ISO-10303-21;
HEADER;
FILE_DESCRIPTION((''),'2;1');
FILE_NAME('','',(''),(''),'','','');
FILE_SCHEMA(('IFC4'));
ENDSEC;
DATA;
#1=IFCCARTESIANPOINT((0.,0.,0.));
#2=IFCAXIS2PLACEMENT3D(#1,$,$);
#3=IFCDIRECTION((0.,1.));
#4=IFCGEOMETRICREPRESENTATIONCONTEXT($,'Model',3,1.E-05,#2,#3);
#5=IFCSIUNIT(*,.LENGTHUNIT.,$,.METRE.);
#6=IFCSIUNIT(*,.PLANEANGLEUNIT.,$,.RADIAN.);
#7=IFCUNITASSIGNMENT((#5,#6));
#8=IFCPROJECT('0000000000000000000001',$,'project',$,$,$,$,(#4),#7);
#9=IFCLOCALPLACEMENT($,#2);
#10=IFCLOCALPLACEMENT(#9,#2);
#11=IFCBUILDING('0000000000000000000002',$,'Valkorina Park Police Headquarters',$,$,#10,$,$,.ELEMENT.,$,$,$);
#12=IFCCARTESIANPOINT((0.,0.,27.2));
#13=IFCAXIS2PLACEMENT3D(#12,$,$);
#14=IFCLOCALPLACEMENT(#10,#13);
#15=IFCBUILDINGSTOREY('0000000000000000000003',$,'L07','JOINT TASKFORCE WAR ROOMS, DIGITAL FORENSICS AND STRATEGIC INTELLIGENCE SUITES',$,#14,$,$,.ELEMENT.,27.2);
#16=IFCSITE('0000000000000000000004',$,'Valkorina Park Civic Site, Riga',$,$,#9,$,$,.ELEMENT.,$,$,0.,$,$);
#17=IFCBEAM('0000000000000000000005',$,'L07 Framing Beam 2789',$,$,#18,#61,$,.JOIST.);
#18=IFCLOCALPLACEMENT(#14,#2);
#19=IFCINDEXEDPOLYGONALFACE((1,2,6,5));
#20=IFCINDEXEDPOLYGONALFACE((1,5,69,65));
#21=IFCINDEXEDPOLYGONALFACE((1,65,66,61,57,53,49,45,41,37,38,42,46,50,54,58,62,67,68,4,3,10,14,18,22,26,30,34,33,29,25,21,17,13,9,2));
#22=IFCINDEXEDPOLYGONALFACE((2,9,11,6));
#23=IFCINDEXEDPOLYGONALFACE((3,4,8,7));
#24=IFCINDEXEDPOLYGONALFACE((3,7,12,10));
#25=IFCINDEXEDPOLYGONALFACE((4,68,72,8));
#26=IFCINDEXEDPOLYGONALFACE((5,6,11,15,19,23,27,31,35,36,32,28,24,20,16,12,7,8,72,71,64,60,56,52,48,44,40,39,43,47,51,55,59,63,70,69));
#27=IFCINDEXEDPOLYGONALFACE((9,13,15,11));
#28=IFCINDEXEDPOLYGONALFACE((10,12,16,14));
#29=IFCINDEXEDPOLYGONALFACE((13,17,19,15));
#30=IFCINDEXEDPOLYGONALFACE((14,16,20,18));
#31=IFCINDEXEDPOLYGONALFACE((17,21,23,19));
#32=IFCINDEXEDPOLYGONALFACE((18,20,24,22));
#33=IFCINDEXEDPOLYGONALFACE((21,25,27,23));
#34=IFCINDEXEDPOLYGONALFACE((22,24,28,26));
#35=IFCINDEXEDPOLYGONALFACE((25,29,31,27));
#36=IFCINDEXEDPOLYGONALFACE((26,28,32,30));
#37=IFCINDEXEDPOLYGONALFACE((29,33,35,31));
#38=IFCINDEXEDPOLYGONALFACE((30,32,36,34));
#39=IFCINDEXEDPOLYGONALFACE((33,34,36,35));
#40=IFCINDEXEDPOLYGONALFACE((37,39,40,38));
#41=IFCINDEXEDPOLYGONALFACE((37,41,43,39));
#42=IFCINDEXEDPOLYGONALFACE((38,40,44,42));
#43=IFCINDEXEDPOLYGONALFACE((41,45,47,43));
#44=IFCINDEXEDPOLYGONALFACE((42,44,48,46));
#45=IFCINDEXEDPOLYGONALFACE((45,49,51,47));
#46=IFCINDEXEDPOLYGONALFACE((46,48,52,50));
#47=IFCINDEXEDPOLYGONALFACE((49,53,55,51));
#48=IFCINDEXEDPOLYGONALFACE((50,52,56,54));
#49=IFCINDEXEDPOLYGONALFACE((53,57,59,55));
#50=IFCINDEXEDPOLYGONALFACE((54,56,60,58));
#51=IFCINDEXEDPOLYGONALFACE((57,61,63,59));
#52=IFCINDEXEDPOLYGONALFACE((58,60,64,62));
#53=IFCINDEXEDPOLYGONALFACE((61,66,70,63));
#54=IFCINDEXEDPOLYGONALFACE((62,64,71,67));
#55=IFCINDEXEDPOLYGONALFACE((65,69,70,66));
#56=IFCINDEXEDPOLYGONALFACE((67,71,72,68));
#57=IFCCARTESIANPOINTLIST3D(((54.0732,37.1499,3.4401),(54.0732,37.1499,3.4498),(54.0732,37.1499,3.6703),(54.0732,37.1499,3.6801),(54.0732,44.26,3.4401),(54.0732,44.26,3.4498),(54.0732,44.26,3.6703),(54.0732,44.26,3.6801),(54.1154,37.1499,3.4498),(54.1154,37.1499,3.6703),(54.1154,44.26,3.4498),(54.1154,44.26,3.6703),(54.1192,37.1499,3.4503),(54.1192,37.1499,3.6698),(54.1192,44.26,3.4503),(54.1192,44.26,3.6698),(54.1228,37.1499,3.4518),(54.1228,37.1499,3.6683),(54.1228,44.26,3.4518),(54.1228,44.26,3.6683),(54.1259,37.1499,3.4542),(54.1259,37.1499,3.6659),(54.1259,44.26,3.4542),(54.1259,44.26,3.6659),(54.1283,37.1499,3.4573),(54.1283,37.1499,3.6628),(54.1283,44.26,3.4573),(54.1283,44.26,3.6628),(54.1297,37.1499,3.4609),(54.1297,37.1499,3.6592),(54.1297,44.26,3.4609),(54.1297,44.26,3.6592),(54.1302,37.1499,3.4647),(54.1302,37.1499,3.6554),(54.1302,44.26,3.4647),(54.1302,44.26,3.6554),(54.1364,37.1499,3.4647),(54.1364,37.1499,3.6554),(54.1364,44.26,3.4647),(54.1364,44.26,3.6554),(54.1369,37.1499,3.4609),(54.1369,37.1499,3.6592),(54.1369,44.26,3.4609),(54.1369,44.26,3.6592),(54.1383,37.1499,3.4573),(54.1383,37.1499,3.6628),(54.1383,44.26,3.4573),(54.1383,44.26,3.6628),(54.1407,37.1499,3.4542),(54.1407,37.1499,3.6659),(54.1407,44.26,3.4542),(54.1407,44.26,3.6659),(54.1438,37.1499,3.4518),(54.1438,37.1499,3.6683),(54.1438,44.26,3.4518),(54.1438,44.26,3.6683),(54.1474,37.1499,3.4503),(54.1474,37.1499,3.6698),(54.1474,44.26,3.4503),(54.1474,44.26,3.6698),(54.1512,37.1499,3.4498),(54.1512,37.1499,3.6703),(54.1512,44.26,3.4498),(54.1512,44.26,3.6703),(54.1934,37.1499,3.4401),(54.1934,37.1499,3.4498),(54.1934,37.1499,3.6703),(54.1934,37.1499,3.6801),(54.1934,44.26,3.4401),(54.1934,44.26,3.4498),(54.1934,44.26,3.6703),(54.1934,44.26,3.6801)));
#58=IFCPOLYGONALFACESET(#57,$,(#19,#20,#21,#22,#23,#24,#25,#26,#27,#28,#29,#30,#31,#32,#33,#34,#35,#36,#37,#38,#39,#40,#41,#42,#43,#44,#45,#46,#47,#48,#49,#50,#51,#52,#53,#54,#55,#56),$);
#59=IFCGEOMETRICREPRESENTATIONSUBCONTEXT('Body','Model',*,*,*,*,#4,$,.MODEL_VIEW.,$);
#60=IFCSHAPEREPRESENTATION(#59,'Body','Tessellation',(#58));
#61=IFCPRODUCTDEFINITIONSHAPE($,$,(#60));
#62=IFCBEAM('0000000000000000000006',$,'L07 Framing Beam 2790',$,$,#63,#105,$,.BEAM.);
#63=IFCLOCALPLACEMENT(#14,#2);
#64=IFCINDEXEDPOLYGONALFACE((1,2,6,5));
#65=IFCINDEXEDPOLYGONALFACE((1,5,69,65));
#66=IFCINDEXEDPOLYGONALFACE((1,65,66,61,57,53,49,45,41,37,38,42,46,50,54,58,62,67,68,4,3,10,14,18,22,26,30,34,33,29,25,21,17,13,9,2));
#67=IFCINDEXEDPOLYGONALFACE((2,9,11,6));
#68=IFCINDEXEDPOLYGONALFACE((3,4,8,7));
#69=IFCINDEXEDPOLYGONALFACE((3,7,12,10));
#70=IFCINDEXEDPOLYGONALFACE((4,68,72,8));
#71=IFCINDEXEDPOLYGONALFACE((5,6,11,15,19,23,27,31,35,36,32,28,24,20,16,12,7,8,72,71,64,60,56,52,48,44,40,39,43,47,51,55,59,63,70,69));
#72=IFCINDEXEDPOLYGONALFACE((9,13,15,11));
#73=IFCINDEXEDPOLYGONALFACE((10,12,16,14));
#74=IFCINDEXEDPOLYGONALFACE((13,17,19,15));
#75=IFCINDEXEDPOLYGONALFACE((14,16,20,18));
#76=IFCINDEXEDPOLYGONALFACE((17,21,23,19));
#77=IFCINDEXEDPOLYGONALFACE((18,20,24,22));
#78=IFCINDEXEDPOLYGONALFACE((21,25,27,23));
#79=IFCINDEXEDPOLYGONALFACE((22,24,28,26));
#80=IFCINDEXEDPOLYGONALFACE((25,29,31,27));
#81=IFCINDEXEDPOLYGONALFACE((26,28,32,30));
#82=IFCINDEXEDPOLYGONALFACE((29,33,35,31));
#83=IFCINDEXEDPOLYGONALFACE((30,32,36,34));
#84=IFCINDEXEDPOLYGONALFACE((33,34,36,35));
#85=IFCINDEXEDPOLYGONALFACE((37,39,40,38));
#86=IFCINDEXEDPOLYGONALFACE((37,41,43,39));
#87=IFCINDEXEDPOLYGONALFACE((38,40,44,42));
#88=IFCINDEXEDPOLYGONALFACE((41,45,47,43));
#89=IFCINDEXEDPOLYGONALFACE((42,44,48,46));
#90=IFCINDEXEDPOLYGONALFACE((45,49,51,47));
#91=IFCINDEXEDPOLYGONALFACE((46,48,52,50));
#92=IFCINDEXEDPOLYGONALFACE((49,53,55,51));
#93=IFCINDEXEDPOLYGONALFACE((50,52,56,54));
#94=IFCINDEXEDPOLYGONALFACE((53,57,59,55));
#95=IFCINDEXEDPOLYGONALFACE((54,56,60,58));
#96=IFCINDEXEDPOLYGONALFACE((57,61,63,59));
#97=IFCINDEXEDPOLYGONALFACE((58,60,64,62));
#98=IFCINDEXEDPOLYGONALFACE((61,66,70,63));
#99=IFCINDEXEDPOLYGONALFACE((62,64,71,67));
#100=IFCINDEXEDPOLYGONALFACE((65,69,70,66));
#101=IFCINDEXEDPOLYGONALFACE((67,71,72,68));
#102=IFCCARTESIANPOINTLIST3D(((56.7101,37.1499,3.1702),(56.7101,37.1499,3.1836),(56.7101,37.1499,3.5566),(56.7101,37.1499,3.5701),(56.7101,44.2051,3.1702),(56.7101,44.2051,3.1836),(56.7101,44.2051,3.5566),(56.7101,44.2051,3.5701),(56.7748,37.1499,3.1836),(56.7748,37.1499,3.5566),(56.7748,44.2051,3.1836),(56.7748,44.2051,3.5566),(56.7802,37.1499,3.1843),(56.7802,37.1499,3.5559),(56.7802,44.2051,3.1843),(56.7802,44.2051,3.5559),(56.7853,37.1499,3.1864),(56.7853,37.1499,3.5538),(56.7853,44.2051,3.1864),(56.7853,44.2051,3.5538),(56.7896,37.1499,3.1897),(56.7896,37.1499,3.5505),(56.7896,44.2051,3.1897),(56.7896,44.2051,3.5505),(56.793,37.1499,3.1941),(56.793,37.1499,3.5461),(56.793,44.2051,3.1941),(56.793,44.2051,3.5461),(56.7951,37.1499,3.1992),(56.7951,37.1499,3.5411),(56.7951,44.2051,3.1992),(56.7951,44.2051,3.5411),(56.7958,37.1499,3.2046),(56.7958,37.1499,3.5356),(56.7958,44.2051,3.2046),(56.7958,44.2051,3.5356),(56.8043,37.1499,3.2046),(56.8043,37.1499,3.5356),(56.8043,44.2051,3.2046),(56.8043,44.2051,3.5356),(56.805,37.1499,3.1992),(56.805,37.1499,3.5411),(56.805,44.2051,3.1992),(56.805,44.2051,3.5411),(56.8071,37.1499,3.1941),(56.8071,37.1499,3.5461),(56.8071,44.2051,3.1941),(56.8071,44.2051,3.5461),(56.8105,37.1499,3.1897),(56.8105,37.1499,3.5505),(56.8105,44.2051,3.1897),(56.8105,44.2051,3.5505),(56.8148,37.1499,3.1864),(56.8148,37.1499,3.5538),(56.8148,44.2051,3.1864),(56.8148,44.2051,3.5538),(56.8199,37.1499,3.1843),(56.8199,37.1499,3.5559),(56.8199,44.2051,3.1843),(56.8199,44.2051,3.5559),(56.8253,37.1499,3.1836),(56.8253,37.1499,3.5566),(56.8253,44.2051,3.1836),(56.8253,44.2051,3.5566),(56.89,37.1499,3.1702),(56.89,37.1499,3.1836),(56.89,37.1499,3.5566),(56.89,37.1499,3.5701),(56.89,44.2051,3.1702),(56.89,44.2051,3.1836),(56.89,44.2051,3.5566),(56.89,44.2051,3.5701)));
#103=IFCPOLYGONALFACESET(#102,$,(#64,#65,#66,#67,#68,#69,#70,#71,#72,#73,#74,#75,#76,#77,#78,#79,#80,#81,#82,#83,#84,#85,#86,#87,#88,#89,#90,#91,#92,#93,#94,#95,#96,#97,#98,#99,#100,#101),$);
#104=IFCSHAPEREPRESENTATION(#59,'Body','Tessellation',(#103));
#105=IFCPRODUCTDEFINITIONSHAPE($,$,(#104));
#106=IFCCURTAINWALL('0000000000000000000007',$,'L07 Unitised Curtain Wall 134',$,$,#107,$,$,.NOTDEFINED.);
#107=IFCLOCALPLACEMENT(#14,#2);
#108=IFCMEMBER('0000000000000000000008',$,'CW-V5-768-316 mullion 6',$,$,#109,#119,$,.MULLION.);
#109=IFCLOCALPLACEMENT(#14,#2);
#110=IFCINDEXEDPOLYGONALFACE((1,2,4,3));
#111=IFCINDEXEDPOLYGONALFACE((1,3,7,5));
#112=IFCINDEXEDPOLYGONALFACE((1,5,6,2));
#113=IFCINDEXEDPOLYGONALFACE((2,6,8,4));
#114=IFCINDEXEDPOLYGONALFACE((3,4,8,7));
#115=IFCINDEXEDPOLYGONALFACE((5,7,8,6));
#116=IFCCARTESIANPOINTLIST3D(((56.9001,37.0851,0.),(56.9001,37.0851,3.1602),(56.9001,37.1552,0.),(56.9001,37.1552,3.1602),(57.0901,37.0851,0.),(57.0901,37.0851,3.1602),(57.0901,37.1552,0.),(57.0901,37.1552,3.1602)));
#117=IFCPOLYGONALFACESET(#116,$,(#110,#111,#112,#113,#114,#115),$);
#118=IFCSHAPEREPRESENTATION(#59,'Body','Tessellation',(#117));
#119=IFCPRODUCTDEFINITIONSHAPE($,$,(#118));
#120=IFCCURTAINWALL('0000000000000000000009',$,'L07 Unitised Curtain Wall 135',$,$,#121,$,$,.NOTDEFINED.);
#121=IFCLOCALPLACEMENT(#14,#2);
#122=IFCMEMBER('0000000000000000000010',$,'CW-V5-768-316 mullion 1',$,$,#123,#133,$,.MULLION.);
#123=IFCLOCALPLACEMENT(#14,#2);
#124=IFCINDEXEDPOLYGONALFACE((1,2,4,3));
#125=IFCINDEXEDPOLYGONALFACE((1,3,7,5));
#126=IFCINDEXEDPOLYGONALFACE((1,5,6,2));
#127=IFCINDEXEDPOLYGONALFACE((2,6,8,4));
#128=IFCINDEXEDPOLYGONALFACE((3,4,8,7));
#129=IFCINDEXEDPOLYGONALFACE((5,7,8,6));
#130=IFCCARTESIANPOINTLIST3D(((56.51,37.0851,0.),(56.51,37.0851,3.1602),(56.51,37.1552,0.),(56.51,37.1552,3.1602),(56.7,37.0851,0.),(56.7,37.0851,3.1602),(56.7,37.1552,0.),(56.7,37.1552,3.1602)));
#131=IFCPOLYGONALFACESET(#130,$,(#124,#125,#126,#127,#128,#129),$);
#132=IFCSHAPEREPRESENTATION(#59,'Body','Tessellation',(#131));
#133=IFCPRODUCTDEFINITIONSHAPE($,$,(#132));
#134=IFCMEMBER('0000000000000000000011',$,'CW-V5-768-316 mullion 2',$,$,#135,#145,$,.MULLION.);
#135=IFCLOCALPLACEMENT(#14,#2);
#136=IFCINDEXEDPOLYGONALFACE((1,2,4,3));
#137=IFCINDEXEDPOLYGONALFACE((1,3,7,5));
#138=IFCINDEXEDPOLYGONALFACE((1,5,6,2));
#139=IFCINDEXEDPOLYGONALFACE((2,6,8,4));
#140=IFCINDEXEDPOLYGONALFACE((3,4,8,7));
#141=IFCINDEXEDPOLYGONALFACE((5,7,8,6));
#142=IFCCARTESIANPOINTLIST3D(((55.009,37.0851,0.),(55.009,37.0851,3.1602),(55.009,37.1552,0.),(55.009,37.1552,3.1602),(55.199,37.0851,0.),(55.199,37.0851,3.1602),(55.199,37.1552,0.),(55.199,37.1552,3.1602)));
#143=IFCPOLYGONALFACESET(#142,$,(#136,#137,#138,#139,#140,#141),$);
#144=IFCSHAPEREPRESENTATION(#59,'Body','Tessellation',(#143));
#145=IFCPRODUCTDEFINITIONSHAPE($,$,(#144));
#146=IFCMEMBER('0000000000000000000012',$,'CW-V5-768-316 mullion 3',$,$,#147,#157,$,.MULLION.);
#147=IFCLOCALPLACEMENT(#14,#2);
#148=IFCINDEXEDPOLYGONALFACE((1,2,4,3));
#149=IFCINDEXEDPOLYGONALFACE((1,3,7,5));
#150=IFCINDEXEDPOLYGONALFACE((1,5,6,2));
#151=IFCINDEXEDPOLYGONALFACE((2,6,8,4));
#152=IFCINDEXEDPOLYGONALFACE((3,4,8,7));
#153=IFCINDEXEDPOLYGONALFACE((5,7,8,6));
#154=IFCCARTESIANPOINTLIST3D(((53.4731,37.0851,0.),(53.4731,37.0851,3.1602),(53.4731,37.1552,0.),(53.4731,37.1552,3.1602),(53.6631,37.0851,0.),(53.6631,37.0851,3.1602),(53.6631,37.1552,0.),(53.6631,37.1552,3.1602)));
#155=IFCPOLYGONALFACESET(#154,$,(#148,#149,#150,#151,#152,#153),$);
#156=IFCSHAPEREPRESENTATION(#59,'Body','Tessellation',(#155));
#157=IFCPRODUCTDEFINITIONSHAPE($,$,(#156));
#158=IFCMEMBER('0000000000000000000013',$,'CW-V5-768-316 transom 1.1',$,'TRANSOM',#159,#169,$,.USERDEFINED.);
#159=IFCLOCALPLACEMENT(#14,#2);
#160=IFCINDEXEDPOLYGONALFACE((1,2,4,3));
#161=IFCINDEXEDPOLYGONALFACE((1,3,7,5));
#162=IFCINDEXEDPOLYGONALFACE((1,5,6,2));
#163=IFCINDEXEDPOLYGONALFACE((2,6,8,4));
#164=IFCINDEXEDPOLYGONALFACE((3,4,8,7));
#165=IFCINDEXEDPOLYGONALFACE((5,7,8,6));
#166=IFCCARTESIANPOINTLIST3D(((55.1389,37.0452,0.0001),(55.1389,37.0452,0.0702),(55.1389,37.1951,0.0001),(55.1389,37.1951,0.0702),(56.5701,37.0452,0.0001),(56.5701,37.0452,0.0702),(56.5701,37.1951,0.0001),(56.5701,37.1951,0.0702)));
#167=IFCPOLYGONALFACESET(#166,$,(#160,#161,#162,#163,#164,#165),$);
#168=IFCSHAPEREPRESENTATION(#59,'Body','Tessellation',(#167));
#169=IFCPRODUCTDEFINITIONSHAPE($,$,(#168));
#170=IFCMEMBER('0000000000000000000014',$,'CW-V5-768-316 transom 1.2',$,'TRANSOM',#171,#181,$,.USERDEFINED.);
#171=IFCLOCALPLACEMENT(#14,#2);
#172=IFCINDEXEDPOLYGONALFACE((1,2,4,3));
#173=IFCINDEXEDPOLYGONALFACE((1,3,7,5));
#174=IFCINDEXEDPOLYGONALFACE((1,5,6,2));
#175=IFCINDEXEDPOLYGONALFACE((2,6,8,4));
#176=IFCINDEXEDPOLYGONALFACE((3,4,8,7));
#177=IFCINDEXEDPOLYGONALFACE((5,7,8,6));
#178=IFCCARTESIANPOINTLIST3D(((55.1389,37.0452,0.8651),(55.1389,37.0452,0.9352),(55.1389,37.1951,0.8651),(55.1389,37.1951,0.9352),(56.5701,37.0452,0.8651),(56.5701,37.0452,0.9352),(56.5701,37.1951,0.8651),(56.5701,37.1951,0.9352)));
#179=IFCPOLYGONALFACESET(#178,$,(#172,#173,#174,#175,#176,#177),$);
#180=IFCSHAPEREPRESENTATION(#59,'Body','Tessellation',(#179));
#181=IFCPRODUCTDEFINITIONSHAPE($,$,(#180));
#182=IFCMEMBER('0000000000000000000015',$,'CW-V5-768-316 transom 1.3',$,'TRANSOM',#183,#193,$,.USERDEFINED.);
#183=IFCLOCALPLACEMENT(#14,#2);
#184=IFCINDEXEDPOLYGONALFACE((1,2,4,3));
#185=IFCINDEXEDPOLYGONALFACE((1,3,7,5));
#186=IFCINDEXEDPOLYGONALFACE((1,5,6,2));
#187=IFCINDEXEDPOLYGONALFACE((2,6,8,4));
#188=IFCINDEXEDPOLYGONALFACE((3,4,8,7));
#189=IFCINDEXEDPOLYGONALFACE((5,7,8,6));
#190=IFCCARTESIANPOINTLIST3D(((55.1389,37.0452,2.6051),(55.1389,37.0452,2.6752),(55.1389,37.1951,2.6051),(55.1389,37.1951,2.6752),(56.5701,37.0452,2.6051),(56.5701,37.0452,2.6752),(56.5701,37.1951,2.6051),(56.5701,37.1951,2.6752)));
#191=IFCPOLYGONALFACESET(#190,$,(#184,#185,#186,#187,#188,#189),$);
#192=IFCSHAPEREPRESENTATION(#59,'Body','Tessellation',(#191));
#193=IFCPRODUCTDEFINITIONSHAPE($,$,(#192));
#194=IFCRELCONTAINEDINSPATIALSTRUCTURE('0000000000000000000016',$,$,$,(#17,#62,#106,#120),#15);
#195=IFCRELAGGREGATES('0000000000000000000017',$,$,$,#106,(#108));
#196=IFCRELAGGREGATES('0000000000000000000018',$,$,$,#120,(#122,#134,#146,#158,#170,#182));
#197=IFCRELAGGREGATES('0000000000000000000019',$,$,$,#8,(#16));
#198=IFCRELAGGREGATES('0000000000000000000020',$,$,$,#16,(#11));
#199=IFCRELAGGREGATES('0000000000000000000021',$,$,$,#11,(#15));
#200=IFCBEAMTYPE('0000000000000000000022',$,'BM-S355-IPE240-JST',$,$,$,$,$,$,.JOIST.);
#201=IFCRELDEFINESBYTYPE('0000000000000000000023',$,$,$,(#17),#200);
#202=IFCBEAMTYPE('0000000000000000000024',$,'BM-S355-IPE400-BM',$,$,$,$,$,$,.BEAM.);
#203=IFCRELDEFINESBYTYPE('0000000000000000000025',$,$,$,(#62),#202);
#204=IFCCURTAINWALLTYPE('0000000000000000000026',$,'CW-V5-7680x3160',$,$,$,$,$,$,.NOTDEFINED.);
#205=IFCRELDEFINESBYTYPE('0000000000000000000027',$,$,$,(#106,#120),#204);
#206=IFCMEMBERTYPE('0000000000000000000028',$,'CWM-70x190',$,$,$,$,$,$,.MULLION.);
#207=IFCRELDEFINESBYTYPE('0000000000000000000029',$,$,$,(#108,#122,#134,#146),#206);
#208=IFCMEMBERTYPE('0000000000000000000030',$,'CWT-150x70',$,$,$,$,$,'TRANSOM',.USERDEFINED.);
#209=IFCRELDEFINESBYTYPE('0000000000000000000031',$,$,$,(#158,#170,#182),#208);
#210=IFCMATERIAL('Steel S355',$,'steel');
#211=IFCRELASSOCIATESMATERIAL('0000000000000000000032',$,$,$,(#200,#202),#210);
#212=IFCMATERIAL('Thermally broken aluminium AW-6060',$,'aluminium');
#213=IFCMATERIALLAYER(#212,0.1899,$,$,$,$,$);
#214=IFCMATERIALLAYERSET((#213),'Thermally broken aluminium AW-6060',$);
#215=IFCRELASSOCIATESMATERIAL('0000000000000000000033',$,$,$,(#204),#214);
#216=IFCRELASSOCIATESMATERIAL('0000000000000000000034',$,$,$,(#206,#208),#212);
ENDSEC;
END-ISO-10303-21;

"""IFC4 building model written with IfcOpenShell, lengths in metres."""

from ifc_helpers import new_model, si_unit, direction, frame, origin, origin_2d, place, context, subcontext, project, spatial, rectangle, i_section, extrude, material, layer, layer_set, material_profile, profile_set, type_object, element, aggregate, save


model = new_model("IFC4")

# Units and contexts
model_context = context("Model", 3, precision=1e-05, world=origin(), true_north=direction((0.0, 1.0)))
body_context = subcontext(model_context, "Body", "Model", "MODEL_VIEW")
ifc_project = project(units=[si_unit("LENGTHUNIT", "METRE"), si_unit("PLANEANGLEUNIT", "RADIAN")], contexts=[model_context])

# Site, building, storey
site_placement = place(None, origin())
site = spatial("IfcSite", under=ifc_project, at=site_placement, Name="Valkorina Park Civic Site, Riga", CompositionType="ELEMENT", RefElevation=0.0)
building_placement = place(site_placement, origin())
building = spatial("IfcBuilding", under=site, at=building_placement, Name="Valkorina Park Police Headquarters", CompositionType="ELEMENT")
storey_placement = place(building_placement, frame((0.0, 0.0, 27.2)))
storey = spatial("IfcBuildingStorey", under=building, at=storey_placement, Name="L07", Description="JOINT TASKFORCE WAR ROOMS, DIGITAL FORENSICS AND STRATEGIC INTELLIGENCE SUITES", CompositionType="ELEMENT", Elevation=27.2)

# Beams
ifc_material_1 = material(Name="Steel S355", Category="steel")
ifc_material_profile_1 = material_profile(ifc_material_1, i_section(OverallWidth=0.1201, OverallDepth=0.24, WebThickness=0.0061, FlangeThickness=0.0098, FilletRadius=0.0149, at=origin_2d()), Name="IPE 240")
ifc_profile_set_1 = profile_set([ifc_material_profile_1], Name="Steel S355")
beam_type_1 = type_object("IfcBeamType", Name="BM-S355-IPE240-JST", PredefinedType="JOIST", material=ifc_profile_set_1)
beam_1_placement = place(storey_placement, frame((54.1333, 37.1499, 3.5601), z_axis=(0.0, 1.0, 0.0), x_axis=(-1.0, 0.0, 0.0)))
element("IfcBeam", 1, at=beam_1_placement, inside=storey, type_object=beam_type_1, Name="L07 Framing Beam 2789", PredefinedType="JOIST", context=body_context, shape_type="SweptSolid", body=[
    extrude(i_section(OverallWidth=0.1201, OverallDepth=0.24, WebThickness=0.0061, FlangeThickness=0.0098, FilletRadius=0.0149, at=origin_2d()), origin(), (0.0, 0.0, 1.0), 7.1101),
])
ifc_material_profile_2 = material_profile(ifc_material_1, i_section(OverallWidth=0.1799, OverallDepth=0.3999, WebThickness=0.0085, FlangeThickness=0.0134, FilletRadius=0.021, at=origin_2d()), Name="IPE 400")
ifc_profile_set_2 = profile_set([ifc_material_profile_2], Name="Steel S355")
beam_type_2 = type_object("IfcBeamType", Name="BM-S355-IPE400-BM", PredefinedType="BEAM", material=ifc_profile_set_2)
beam_2_placement = place(storey_placement, frame((56.8, 37.1499, 3.3701), z_axis=(0.0, 1.0, 0.0), x_axis=(-1.0, 0.0, 0.0)))
element("IfcBeam", 2, at=beam_2_placement, inside=storey, type_object=beam_type_2, Name="L07 Framing Beam 2790", PredefinedType="BEAM", context=body_context, shape_type="SweptSolid", body=[
    extrude(i_section(OverallWidth=0.1799, OverallDepth=0.3999, WebThickness=0.0085, FlangeThickness=0.0134, FilletRadius=0.021, at=origin_2d()), origin(), (0.0, 0.0, 1.0), 7.0552),
])

# Curtain wall, member
ifc_material_2 = material(Name="Thermally broken aluminium AW-6060", Category="aluminium")
ifc_layer_1 = layer(ifc_material_2, 0.1899)
ifc_layer_set_1 = layer_set([ifc_layer_1], Name="Thermally broken aluminium AW-6060")
curtain_wall_type = type_object("IfcCurtainWallType", Name="CW-V5-7680x3160", PredefinedType="NOTDEFINED", material=ifc_layer_set_1)
curtain_wall_1_placement = place(storey_placement, origin())
curtain_wall_1 = element("IfcCurtainWall", 3, at=curtain_wall_1_placement, inside=storey, type_object=curtain_wall_type, Name="L07 Unitised Curtain Wall 134", PredefinedType="NOTDEFINED")
ifc_material_profile_3 = material_profile(ifc_material_2, rectangle(XDim=0.0701, YDim=0.1899, at=origin_2d()), Name="CWM-02 70x190")
ifc_profile_set_3 = profile_set([ifc_material_profile_3], Name="Thermally broken aluminium AW-6060")
member_type_1 = type_object("IfcMemberType", Name="CWM-70x190", PredefinedType="MULLION", material=ifc_profile_set_3)
member_1_placement = place(storey_placement, frame((56.9951, 37.1201, 0.0), z_axis=(0.0, 0.0, 1.0), x_axis=(0.0, -1.0, 0.0)))
member_1 = element("IfcMember", 4, at=member_1_placement, type_object=member_type_1, Name="CW-V5-768-316 mullion 6", PredefinedType="MULLION", context=body_context, shape_type="SweptSolid", body=[
    extrude(rectangle(XDim=0.0701, YDim=0.1899, at=origin_2d()), origin(), (0.0, 0.0, 1.0), 3.1602),
])

# Curtain wall, members
curtain_wall_2_placement = place(storey_placement, origin())
curtain_wall_2 = element("IfcCurtainWall", 5, at=curtain_wall_2_placement, inside=storey, type_object=curtain_wall_type, Name="L07 Unitised Curtain Wall 135", PredefinedType="NOTDEFINED")
member_2_placement = place(storey_placement, frame((56.605, 37.1201, 0.0), z_axis=(0.0, 0.0, 1.0), x_axis=(0.0, -1.0, 0.0)))
member_2 = element("IfcMember", 6, at=member_2_placement, type_object=member_type_1, Name="CW-V5-768-316 mullion 1", PredefinedType="MULLION", context=body_context, shape_type="SweptSolid", body=[
    extrude(rectangle(XDim=0.0701, YDim=0.1899, at=origin_2d()), origin(), (0.0, 0.0, 1.0), 3.1602),
])
member_3_placement = place(storey_placement, frame((55.104, 37.1201, 0.0), z_axis=(0.0, 0.0, 1.0), x_axis=(0.0, -1.0, 0.0)))
member_3 = element("IfcMember", 7, at=member_3_placement, type_object=member_type_1, Name="CW-V5-768-316 mullion 2", PredefinedType="MULLION", context=body_context, shape_type="SweptSolid", body=[
    extrude(rectangle(XDim=0.0701, YDim=0.1899, at=origin_2d()), origin(), (0.0, 0.0, 1.0), 3.1602),
])
member_4_placement = place(storey_placement, frame((53.5681, 37.1201, 0.0), z_axis=(0.0, 0.0, 1.0), x_axis=(0.0, -1.0, 0.0)))
member_4 = element("IfcMember", 8, at=member_4_placement, type_object=member_type_1, Name="CW-V5-768-316 mullion 3", PredefinedType="MULLION", context=body_context, shape_type="SweptSolid", body=[
    extrude(rectangle(XDim=0.0701, YDim=0.1899, at=origin_2d()), origin(), (0.0, 0.0, 1.0), 3.1602),
])
ifc_material_profile_4 = material_profile(ifc_material_2, rectangle(XDim=0.1499, YDim=0.0701, at=origin_2d()), Name="CWT-02 150x70")
ifc_profile_set_4 = profile_set([ifc_material_profile_4], Name="Thermally broken aluminium AW-6060")
member_type_2 = type_object("IfcMemberType", Name="CWT-150x70", ElementType="TRANSOM", PredefinedType="USERDEFINED", material=ifc_profile_set_4)
member_5_placement = place(storey_placement, frame((56.5701, 37.1201, 0.0352), z_axis=(-1.0, 0.0, 0.0), x_axis=(0.0, -1.0, 0.0)))
member_5 = element("IfcMember", 9, at=member_5_placement, type_object=member_type_2, Name="CW-V5-768-316 transom 1.1", ObjectType="TRANSOM", PredefinedType="USERDEFINED", context=body_context, shape_type="SweptSolid", body=[
    extrude(rectangle(XDim=0.1499, YDim=0.0701, at=origin_2d()), origin(), (0.0, 0.0, 1.0), 1.4312),
])
member_6_placement = place(storey_placement, frame((56.5701, 37.1201, 0.9001), z_axis=(-1.0, 0.0, 0.0), x_axis=(0.0, -1.0, 0.0)))
member_6 = element("IfcMember", 10, at=member_6_placement, type_object=member_type_2, Name="CW-V5-768-316 transom 1.2", ObjectType="TRANSOM", PredefinedType="USERDEFINED", context=body_context, shape_type="SweptSolid", body=[
    extrude(rectangle(XDim=0.1499, YDim=0.0701, at=origin_2d()), origin(), (0.0, 0.0, 1.0), 1.4312),
])
member_7_placement = place(storey_placement, frame((56.5701, 37.1201, 2.6401), z_axis=(-1.0, 0.0, 0.0), x_axis=(0.0, -1.0, 0.0)))
member_7 = element("IfcMember", 11, at=member_7_placement, type_object=member_type_2, Name="CW-V5-768-316 transom 1.3", ObjectType="TRANSOM", PredefinedType="USERDEFINED", context=body_context, shape_type="SweptSolid", body=[
    extrude(rectangle(XDim=0.1499, YDim=0.0701, at=origin_2d()), origin(), (0.0, 0.0, 1.0), 1.4312),
])

aggregate(curtain_wall_1, [member_1])
aggregate(curtain_wall_2, [member_2, member_3, member_4, member_5, member_6, member_7])

save(model, "model.ifc")
